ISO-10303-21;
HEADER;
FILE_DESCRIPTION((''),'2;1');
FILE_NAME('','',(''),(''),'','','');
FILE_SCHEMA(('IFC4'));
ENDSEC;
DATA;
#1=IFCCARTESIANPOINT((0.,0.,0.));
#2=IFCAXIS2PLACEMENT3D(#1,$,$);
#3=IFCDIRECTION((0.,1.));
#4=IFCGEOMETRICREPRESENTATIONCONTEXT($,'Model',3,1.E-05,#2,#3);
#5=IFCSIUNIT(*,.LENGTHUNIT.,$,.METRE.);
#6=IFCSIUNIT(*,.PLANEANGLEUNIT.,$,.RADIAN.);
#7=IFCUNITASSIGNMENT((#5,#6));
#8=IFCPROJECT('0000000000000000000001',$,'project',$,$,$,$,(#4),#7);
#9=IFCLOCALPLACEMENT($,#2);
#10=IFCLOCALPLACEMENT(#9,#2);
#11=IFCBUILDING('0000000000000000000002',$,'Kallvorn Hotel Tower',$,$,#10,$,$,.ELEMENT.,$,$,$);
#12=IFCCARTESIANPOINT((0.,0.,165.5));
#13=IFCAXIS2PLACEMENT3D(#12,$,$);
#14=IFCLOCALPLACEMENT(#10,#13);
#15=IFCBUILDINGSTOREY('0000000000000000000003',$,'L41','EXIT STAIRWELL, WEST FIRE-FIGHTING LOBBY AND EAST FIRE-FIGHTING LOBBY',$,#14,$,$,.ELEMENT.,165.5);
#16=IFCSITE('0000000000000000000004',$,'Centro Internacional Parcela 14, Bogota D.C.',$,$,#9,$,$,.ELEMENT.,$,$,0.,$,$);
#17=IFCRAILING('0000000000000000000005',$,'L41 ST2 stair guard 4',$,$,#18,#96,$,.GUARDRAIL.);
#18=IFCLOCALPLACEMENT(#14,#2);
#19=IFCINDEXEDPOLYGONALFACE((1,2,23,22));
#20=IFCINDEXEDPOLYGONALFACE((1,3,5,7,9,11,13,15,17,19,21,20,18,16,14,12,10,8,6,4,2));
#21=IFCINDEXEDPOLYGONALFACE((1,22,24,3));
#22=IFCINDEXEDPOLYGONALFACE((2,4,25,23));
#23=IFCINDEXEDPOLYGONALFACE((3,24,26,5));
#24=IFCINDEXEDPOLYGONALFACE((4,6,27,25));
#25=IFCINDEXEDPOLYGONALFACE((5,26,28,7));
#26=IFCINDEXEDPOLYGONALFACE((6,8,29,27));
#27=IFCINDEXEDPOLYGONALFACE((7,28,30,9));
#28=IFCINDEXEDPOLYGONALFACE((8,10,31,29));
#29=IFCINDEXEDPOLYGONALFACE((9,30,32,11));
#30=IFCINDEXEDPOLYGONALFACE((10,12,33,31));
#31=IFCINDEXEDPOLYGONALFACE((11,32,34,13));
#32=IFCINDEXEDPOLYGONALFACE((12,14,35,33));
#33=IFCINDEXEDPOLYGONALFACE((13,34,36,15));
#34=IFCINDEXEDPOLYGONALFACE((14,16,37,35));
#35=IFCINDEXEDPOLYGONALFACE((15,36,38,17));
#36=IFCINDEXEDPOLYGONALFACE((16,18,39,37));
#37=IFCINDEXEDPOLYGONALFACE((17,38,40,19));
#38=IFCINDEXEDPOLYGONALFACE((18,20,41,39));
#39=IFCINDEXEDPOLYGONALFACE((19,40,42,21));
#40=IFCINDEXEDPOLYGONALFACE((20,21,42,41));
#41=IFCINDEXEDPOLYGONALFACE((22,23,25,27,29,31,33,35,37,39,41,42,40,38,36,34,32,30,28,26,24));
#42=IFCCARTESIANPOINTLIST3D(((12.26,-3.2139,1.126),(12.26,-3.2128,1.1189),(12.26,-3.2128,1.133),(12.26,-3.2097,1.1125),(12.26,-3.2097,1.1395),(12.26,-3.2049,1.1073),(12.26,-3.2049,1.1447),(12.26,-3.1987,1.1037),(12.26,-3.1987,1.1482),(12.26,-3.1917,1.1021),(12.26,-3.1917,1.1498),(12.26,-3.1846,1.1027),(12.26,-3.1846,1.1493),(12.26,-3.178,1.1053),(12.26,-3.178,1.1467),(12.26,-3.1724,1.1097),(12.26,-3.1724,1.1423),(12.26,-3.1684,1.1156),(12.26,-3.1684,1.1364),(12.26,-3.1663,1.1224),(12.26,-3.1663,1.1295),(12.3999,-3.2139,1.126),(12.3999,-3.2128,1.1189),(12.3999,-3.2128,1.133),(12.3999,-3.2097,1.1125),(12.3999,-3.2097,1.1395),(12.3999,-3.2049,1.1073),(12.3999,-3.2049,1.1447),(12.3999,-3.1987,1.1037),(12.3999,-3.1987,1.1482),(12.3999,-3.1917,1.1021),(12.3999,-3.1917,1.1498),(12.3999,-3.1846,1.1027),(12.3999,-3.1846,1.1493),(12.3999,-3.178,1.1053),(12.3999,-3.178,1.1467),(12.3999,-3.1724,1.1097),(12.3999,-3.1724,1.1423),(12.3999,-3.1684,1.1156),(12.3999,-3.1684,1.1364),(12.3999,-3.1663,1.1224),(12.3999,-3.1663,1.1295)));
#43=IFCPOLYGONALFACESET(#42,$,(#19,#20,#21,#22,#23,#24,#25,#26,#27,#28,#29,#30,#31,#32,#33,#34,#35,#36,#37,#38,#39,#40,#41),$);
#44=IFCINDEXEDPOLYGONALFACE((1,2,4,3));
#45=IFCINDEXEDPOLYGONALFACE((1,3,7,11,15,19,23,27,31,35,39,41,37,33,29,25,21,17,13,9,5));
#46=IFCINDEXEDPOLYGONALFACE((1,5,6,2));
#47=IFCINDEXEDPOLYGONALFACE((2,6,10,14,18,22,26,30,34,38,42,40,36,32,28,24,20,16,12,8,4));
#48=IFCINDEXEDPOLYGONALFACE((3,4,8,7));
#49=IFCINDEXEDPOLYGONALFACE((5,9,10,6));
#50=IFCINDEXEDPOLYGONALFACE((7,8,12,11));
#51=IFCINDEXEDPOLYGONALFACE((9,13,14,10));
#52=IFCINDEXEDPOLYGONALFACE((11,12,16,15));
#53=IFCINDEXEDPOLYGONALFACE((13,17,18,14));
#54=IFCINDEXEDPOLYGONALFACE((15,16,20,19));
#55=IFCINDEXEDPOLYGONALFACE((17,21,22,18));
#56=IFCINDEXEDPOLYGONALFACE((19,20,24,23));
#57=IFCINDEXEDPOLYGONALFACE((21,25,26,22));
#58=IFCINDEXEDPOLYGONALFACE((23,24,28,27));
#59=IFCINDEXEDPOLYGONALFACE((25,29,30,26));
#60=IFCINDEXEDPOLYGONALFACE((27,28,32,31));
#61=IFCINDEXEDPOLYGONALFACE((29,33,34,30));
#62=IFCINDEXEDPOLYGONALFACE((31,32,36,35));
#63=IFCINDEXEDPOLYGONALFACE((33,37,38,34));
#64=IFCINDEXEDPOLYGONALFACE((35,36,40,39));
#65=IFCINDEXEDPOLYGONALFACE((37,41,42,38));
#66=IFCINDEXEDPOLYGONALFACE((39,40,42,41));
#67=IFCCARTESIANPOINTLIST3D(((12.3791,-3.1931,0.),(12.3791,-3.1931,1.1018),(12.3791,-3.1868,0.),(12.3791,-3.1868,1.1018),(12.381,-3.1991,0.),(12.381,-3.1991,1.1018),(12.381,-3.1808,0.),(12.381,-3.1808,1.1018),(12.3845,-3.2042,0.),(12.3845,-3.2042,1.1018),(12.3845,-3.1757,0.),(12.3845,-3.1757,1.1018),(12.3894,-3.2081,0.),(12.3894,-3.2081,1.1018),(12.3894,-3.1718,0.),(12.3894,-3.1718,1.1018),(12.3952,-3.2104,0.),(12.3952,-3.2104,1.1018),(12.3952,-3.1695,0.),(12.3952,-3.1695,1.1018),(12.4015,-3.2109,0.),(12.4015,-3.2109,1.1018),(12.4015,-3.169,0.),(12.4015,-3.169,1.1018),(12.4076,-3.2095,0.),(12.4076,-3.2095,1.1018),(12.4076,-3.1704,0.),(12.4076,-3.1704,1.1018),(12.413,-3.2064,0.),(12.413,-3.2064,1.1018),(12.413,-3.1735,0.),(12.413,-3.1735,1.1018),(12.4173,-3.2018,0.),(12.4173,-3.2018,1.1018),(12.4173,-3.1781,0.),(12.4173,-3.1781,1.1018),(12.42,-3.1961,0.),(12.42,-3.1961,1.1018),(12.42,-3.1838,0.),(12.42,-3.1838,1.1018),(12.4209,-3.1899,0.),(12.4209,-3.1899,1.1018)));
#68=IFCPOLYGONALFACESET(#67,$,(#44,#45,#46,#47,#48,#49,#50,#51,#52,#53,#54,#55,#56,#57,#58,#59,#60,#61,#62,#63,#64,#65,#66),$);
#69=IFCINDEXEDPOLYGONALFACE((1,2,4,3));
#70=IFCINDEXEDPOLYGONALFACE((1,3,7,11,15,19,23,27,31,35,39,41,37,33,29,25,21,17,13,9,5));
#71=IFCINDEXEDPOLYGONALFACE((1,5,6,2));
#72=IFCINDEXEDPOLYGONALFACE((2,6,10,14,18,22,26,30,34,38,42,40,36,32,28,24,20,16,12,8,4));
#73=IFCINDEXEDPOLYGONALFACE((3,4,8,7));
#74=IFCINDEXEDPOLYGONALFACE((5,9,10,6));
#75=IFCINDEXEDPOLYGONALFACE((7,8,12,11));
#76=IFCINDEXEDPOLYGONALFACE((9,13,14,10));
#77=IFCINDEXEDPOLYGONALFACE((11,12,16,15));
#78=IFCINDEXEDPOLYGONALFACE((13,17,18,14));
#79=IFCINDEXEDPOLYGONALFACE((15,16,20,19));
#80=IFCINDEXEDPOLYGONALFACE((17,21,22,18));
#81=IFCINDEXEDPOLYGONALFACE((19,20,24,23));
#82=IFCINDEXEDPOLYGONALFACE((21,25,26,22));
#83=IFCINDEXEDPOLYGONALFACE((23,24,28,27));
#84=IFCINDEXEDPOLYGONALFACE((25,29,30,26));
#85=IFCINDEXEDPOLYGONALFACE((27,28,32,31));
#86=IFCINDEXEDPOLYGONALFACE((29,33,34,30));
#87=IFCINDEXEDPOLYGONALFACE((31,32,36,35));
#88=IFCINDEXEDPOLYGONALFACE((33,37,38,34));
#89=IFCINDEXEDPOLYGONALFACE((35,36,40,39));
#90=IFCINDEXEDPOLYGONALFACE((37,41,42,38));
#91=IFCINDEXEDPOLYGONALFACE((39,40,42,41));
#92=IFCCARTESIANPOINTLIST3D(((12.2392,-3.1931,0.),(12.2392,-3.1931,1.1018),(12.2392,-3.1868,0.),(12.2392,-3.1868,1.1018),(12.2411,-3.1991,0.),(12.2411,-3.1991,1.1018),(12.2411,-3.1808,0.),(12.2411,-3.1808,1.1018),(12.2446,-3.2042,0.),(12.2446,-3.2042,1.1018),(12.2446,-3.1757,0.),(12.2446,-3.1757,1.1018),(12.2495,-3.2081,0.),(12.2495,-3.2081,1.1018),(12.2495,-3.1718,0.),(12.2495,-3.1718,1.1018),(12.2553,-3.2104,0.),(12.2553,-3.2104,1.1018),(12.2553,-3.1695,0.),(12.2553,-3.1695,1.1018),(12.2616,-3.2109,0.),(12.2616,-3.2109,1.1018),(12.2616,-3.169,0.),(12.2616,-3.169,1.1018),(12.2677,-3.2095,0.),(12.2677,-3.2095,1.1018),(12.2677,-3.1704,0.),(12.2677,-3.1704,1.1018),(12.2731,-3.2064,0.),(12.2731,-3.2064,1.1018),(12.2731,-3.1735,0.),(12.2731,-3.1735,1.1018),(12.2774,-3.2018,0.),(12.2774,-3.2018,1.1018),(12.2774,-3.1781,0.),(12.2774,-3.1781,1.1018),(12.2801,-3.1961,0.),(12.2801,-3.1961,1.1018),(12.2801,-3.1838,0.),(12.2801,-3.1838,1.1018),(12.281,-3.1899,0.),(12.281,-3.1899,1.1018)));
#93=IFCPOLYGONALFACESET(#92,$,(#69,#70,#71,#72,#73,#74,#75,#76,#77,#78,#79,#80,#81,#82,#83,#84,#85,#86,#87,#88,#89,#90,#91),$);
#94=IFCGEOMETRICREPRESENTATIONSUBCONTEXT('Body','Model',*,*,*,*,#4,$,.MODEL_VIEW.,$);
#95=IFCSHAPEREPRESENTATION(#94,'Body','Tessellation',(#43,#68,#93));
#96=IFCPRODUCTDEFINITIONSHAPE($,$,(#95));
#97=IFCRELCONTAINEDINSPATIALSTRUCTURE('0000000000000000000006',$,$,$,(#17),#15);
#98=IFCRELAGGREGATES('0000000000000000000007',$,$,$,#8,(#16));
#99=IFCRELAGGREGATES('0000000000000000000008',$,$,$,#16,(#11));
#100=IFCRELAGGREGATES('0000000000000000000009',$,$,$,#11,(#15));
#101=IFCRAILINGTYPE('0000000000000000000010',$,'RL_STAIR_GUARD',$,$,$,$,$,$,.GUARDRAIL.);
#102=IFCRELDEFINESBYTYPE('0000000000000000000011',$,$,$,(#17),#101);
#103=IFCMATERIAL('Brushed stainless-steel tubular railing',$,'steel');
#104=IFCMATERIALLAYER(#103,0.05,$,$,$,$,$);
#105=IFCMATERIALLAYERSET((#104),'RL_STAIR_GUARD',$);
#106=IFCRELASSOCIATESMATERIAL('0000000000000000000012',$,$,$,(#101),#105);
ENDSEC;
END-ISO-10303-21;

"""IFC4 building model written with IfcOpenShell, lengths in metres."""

from ifc_helpers import new_model, si_unit, direction, frame, origin, origin_2d, place, context, subcontext, project, spatial, circle, extrude, material, layer, layer_set, type_object, element, save


model = new_model("IFC4")

# Units and contexts
model_context = context("Model", 3, precision=1e-05, world=origin(), true_north=direction((0.0, 1.0)))
body_context = subcontext(model_context, "Body", "Model", "MODEL_VIEW")
ifc_project = project(units=[si_unit("LENGTHUNIT", "METRE"), si_unit("PLANEANGLEUNIT", "RADIAN")], contexts=[model_context])

# Site, building, storey
site_placement = place(None, origin())
site = spatial("IfcSite", under=ifc_project, at=site_placement, Name="Centro Internacional Parcela 14, Bogota D.C.", CompositionType="ELEMENT", RefElevation=0.0)
building_placement = place(site_placement, origin())
building = spatial("IfcBuilding", under=site, at=building_placement, Name="Kallvorn Hotel Tower", CompositionType="ELEMENT")
storey_placement = place(building_placement, frame((0.0, 0.0, 165.5)))
storey = spatial("IfcBuildingStorey", under=building, at=storey_placement, Name="L41", Description="EXIT STAIRWELL, WEST FIRE-FIGHTING LOBBY AND EAST FIRE-FIGHTING LOBBY", CompositionType="ELEMENT", Elevation=165.5)

# Railing
ifc_material_1 = material(Name="Brushed stainless-steel tubular railing", Category="steel")
ifc_layer_1 = layer(ifc_material_1, 0.05)
ifc_layer_set_1 = layer_set([ifc_layer_1], Name="RL_STAIR_GUARD")
railing_type_1 = type_object("IfcRailingType", Name="RL_STAIR_GUARD", PredefinedType="GUARDRAIL", material=ifc_layer_set_1)
railing_1_placement = place(storey_placement, frame((12.3999, -3.1899, 0.0)))
element("IfcRailing", 1, at=railing_1_placement, inside=storey, type_object=railing_type_1, Name="L41 ST2 stair guard 4", PredefinedType="GUARDRAIL", context=body_context, shape_type="SweptSolid", body=[
    extrude(circle(Radius=0.0239, at=origin_2d()), frame((0.0, 0.0, 1.126), z_axis=(-1.0, 0.0, 0.0), x_axis=(0.0, -1.0, 0.0)), (0.0, 0.0, 1.0), 0.1399),
    extrude(circle(Radius=0.021, at=origin_2d()), origin(), (0.0, 0.0, 1.0), 1.1018),
    extrude(circle(Radius=0.021, at=origin_2d()), frame((-0.1399, 0.0, 0.0)), (0.0, 0.0, 1.0), 1.1018),
])

save(model, "model.ifc")
